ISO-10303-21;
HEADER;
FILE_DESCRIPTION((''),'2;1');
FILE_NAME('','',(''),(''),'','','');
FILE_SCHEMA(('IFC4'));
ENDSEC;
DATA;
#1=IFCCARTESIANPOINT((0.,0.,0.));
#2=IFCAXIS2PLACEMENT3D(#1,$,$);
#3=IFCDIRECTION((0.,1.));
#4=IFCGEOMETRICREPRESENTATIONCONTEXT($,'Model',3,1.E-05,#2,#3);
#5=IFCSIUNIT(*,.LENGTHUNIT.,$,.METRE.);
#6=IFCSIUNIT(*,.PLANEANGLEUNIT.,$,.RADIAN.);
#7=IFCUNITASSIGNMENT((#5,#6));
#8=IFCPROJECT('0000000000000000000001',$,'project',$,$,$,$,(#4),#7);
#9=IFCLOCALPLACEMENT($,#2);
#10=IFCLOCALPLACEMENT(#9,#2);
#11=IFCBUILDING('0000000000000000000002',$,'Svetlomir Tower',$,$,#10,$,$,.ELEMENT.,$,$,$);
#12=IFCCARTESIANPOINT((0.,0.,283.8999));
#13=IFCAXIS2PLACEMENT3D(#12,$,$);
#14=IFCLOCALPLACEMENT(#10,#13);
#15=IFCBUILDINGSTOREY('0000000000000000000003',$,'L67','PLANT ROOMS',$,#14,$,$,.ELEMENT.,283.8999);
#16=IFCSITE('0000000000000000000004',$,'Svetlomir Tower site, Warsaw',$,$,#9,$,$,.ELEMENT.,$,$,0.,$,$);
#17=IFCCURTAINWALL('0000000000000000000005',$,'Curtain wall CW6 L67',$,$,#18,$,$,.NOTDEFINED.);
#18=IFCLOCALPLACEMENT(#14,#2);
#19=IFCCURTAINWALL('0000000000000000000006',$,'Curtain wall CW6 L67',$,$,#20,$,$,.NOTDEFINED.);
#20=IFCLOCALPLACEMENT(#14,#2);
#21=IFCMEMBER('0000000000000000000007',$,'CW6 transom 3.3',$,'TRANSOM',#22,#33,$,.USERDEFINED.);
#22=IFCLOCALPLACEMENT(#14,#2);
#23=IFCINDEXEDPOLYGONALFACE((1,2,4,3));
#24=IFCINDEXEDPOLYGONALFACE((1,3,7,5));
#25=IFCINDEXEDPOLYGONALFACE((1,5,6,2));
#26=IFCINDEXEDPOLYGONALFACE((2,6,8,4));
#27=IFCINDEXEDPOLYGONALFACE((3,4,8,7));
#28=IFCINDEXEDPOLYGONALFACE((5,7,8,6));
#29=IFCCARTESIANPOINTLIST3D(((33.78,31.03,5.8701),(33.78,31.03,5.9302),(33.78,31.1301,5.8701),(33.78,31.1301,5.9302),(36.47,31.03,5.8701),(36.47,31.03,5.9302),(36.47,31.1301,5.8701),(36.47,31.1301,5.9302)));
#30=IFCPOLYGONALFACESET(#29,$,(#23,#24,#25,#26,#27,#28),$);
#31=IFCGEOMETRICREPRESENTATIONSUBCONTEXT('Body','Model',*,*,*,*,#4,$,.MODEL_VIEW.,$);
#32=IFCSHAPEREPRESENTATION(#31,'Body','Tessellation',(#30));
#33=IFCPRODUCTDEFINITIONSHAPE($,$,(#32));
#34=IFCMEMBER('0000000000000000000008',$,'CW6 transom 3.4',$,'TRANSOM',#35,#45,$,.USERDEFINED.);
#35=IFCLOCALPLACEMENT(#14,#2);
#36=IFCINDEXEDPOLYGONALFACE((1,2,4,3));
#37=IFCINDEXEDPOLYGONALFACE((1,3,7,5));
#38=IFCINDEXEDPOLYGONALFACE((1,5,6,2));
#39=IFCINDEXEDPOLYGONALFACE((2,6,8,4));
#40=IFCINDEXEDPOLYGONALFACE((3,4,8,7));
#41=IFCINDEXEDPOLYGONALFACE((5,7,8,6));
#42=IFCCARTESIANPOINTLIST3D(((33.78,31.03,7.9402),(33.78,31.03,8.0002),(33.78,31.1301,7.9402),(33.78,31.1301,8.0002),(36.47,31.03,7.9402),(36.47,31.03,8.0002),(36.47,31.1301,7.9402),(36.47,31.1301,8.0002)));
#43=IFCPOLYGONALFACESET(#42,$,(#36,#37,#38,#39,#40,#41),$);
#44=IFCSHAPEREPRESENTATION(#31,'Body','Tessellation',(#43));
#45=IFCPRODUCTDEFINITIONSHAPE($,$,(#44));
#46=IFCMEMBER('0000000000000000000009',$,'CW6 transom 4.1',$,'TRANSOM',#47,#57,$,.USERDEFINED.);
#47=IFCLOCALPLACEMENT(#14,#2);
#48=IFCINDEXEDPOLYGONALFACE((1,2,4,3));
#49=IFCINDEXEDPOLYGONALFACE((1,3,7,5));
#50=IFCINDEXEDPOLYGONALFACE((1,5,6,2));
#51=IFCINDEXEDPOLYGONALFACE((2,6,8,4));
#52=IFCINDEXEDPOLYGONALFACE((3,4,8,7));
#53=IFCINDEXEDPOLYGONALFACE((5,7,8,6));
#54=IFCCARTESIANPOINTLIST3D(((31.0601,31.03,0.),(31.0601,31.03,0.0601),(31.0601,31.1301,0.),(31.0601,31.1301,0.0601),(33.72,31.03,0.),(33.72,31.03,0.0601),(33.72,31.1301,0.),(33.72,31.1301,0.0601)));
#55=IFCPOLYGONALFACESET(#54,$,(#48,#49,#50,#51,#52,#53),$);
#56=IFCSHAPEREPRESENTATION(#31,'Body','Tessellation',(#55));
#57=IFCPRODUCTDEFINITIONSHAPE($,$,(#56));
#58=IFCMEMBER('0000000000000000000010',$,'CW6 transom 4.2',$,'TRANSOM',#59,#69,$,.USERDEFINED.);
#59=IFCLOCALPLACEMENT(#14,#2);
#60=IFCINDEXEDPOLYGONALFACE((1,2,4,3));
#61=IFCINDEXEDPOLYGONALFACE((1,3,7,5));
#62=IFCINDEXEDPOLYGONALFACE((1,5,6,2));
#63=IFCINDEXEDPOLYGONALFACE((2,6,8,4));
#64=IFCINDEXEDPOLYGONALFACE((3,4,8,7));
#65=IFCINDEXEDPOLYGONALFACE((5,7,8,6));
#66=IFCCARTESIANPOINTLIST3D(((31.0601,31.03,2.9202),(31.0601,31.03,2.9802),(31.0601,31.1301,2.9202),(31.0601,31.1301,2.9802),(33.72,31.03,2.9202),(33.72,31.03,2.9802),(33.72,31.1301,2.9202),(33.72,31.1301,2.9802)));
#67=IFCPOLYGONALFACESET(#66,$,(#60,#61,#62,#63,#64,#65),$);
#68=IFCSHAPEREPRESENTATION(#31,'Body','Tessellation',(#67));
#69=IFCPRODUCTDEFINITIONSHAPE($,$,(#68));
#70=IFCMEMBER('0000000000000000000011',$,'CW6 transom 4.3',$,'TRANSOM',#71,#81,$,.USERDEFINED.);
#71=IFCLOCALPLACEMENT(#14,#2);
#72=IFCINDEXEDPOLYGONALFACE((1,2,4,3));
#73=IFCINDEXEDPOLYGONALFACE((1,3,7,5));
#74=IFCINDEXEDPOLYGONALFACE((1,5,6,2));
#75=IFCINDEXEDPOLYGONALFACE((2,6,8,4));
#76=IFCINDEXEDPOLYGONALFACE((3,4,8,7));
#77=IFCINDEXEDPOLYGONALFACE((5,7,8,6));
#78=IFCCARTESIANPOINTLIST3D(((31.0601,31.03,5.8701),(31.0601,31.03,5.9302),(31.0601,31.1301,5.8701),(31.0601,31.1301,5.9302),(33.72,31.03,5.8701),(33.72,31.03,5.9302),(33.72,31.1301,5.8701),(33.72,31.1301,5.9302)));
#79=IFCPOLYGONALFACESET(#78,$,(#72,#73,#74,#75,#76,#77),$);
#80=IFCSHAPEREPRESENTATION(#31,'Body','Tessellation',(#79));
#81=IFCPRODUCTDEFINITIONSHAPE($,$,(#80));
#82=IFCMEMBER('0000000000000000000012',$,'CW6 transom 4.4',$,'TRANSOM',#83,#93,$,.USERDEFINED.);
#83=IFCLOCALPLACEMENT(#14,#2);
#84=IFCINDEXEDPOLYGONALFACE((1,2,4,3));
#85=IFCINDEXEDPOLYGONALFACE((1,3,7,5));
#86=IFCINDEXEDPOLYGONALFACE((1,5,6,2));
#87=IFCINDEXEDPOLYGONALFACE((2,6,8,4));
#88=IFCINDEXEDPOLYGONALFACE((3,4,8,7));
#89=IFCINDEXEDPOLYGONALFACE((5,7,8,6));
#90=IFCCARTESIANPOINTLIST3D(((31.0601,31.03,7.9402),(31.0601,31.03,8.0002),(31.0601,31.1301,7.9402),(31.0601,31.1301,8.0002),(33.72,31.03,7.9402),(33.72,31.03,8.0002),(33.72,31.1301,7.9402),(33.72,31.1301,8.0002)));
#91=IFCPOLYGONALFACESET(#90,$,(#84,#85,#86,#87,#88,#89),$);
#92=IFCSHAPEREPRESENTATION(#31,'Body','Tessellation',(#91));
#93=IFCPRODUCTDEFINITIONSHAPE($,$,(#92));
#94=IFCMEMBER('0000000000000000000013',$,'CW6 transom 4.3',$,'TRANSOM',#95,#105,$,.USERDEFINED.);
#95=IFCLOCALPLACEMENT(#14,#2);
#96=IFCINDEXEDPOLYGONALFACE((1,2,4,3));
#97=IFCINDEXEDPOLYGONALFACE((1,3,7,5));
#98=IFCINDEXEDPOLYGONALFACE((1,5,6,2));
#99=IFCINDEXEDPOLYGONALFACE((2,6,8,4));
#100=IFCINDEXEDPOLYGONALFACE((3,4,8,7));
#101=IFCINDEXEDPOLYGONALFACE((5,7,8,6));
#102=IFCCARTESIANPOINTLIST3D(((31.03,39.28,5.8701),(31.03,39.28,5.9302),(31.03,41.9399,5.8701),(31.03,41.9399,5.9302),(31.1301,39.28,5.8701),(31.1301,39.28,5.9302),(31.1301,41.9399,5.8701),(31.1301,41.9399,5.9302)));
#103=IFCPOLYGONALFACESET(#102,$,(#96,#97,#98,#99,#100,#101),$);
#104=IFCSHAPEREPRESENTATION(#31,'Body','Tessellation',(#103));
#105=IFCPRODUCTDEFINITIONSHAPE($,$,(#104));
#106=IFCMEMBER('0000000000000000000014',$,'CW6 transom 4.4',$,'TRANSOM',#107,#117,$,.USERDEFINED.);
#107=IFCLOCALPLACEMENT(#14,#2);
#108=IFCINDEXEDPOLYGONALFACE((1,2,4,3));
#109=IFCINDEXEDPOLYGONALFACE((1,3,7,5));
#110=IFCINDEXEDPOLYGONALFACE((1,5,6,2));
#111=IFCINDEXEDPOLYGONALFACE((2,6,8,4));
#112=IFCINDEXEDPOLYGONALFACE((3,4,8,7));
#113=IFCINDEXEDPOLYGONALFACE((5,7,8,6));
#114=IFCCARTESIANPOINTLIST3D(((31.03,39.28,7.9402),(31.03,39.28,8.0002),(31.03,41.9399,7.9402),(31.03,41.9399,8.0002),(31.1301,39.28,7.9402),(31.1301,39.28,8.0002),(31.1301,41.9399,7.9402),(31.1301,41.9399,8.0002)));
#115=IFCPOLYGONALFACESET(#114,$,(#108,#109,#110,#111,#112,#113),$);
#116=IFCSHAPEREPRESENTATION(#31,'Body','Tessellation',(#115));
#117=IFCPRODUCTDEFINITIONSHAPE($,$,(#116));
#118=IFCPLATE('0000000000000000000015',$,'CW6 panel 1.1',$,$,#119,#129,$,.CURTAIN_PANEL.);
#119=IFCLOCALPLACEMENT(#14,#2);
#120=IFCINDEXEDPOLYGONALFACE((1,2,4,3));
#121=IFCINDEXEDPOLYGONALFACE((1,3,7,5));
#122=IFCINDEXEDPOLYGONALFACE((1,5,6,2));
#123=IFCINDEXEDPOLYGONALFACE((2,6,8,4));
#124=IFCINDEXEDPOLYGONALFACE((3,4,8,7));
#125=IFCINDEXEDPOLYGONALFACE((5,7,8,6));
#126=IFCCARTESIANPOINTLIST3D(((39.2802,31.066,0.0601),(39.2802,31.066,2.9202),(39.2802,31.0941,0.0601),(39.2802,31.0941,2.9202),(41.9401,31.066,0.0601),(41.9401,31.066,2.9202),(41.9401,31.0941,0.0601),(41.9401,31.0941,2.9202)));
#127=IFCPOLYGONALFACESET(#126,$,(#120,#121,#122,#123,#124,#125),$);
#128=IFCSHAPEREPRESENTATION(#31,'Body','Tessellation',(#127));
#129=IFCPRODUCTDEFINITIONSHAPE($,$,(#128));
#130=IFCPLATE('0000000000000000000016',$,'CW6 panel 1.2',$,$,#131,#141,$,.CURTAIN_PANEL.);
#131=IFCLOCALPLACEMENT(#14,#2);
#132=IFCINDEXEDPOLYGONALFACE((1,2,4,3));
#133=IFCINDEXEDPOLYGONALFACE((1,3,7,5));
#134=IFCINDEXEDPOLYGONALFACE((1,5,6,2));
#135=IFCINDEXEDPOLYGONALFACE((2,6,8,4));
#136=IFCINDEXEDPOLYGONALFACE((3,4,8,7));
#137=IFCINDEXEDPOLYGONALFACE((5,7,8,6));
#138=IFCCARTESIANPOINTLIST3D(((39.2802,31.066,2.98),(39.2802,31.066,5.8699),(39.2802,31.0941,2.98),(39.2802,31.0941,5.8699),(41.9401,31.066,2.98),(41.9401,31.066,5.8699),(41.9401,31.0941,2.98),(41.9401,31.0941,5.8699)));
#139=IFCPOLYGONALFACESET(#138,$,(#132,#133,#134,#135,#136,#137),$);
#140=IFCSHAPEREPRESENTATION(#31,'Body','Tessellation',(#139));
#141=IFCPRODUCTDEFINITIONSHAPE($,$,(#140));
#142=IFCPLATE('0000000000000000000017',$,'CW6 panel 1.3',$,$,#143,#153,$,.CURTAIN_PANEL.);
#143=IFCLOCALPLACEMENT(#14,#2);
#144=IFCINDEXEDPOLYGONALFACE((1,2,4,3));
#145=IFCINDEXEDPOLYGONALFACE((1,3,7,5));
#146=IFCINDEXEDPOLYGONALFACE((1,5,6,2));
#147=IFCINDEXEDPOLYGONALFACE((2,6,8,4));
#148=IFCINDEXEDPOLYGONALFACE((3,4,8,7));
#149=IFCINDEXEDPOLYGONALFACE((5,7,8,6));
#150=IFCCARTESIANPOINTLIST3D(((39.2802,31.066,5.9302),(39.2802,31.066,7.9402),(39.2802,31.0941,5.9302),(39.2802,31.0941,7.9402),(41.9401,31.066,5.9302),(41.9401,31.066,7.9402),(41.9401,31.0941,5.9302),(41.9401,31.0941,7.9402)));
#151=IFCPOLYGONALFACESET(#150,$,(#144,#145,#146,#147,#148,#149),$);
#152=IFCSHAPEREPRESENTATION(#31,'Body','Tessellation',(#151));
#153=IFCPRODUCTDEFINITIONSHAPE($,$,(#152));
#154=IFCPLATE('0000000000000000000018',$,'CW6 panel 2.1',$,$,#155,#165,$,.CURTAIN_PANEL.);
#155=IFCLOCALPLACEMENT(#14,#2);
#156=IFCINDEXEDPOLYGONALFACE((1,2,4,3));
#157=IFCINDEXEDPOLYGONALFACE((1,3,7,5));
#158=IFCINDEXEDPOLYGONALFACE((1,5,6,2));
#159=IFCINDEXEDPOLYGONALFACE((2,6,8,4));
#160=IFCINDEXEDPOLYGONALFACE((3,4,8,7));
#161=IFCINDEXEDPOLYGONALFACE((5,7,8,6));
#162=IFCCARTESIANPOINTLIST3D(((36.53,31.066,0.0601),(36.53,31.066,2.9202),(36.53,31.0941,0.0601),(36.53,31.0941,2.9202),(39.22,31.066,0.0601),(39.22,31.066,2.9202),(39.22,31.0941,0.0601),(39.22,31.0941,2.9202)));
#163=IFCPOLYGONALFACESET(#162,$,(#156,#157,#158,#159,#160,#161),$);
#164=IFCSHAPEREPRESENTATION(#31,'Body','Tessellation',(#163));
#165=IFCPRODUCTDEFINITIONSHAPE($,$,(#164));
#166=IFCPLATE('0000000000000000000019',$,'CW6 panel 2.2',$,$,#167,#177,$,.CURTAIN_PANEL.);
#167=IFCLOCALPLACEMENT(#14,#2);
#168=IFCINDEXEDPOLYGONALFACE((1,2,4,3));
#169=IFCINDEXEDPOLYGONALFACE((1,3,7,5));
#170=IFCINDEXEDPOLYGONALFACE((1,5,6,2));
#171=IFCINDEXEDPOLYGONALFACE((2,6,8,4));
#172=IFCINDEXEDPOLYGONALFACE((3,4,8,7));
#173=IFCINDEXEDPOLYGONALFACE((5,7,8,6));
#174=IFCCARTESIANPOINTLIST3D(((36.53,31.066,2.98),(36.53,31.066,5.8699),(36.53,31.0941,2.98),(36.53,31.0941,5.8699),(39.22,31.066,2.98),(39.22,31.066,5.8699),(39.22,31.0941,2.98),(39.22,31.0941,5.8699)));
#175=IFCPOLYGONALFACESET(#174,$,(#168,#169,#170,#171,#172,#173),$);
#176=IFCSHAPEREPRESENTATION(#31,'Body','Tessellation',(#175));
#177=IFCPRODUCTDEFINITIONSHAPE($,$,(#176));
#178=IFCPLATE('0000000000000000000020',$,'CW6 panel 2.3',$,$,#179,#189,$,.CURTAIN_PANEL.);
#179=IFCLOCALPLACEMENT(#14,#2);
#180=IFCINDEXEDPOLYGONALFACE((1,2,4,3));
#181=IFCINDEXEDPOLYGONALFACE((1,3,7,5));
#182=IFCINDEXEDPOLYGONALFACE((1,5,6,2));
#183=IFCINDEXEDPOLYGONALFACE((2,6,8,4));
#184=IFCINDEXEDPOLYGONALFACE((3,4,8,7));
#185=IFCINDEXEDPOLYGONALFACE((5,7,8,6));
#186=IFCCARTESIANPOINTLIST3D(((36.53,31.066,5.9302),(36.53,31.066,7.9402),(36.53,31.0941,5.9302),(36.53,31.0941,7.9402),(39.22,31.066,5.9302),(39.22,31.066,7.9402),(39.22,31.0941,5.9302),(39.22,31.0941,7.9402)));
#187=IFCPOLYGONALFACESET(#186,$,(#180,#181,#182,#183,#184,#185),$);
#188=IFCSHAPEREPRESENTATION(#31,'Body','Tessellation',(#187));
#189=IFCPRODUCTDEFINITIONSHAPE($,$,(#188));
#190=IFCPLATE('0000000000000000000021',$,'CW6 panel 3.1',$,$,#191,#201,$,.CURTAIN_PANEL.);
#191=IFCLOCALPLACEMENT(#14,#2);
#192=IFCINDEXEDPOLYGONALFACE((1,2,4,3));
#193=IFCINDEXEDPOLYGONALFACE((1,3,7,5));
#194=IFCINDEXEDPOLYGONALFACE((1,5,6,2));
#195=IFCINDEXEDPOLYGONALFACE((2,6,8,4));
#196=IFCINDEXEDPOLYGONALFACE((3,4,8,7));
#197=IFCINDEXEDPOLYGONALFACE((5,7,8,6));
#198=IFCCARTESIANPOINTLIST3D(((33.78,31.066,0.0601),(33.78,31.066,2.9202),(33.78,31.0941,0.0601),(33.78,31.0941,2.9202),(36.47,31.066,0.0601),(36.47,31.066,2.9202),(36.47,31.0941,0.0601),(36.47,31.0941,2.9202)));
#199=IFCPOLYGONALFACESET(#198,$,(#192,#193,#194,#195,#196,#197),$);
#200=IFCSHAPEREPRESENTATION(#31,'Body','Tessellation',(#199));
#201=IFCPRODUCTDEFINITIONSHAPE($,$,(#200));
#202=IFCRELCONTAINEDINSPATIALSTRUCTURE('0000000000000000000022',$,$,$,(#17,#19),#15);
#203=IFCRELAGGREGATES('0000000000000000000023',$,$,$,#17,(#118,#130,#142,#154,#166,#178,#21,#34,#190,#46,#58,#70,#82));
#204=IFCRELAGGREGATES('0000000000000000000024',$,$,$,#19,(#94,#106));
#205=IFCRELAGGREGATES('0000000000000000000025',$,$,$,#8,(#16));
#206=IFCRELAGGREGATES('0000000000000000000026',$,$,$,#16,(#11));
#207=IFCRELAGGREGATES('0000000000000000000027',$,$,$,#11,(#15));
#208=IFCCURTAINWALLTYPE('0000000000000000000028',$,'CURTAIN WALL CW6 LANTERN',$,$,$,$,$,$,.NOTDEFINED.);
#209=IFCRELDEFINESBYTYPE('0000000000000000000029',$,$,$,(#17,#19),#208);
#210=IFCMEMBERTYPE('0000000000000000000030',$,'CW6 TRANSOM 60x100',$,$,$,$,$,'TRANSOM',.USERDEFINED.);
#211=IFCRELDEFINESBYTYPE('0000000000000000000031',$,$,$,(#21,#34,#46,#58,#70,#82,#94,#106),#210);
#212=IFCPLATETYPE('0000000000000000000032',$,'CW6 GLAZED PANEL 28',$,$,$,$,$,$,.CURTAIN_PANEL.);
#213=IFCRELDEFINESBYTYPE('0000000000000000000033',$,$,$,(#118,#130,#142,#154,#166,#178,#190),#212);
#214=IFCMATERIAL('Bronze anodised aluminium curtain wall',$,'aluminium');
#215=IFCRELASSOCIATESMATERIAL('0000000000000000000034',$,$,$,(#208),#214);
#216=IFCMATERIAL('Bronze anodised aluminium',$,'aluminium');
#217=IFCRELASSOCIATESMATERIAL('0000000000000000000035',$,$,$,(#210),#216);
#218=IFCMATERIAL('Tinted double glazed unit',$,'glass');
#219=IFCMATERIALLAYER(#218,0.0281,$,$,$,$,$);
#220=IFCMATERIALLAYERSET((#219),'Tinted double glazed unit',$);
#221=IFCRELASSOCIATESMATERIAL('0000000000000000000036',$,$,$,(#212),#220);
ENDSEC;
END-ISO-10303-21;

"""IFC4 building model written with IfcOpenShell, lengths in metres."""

from ifc_helpers import new_model, si_unit, direction, frame, origin, origin_2d, place, context, subcontext, project, spatial, rectangle, extrude, material, layer, layer_set, material_profile, profile_set, type_object, element, aggregate, save


model = new_model("IFC4")

# Units and contexts
model_context = context("Model", 3, precision=1e-05, world=origin(), true_north=direction((0.0, 1.0)))
body_context = subcontext(model_context, "Body", "Model", "MODEL_VIEW")
ifc_project = project(units=[si_unit("LENGTHUNIT", "METRE"), si_unit("PLANEANGLEUNIT", "RADIAN")], contexts=[model_context])

# Site, building, storey
site_placement = place(None, origin())
site = spatial("IfcSite", under=ifc_project, at=site_placement, Name="Svetlomir Tower site, Warsaw", CompositionType="ELEMENT", RefElevation=0.0)
building_placement = place(site_placement, origin())
building = spatial("IfcBuilding", under=site, at=building_placement, Name="Svetlomir Tower", CompositionType="ELEMENT")
storey_placement = place(building_placement, frame((0.0, 0.0, 283.8999)))
storey = spatial("IfcBuildingStorey", under=building, at=storey_placement, Name="L67", Description="PLANT ROOMS", CompositionType="ELEMENT", Elevation=283.8999)

# Curtain wall
ifc_material_1 = material(Name="Bronze anodised aluminium curtain wall", Category="aluminium")
curtain_wall_type = type_object("IfcCurtainWallType", Name="CURTAIN WALL CW6 LANTERN", PredefinedType="NOTDEFINED", material=ifc_material_1)
curtain_wall_1_placement = place(storey_placement, origin())
curtain_wall_1 = element("IfcCurtainWall", 1, at=curtain_wall_1_placement, inside=storey, type_object=curtain_wall_type, Name="Curtain wall CW6 L67", PredefinedType="NOTDEFINED")

# Curtain wall
curtain_wall_2_placement = place(storey_placement, origin())
curtain_wall_2 = element("IfcCurtainWall", 2, at=curtain_wall_2_placement, inside=storey, type_object=curtain_wall_type, Name="Curtain wall CW6 L67", PredefinedType="NOTDEFINED")

# Members
ifc_material_2 = material(Name="Bronze anodised aluminium", Category="aluminium")
ifc_material_profile_1 = material_profile(ifc_material_2, rectangle(XDim=0.1001, YDim=0.0601, at=origin_2d()), Name="AL 100x60")
ifc_profile_set_1 = profile_set([ifc_material_profile_1], Name="Bronze anodised aluminium 6063-T6")
member_type_1 = type_object("IfcMemberType", Name="CW6 TRANSOM 60x100", ElementType="TRANSOM", PredefinedType="USERDEFINED", material=ifc_profile_set_1)
member_1_placement = place(storey_placement, frame((36.47, 31.0801, 5.9001), z_axis=(-1.0, 0.0, 0.0), x_axis=(0.0, -1.0, 0.0)))
member_1 = element("IfcMember", 3, at=member_1_placement, type_object=member_type_1, Name="CW6 transom 3.3", ObjectType="TRANSOM", PredefinedType="USERDEFINED", context=body_context, shape_type="SweptSolid", body=[
    extrude(rectangle(XDim=0.1001, YDim=0.0601, at=origin_2d()), origin(), (0.0, 0.0, 1.0), 2.6899),
])
member_2_placement = place(storey_placement, frame((36.47, 31.0801, 7.9702), z_axis=(-1.0, 0.0, 0.0), x_axis=(0.0, -1.0, 0.0)))
member_2 = element("IfcMember", 4, at=member_2_placement, type_object=member_type_1, Name="CW6 transom 3.4", ObjectType="TRANSOM", PredefinedType="USERDEFINED", context=body_context, shape_type="SweptSolid", body=[
    extrude(rectangle(XDim=0.1001, YDim=0.0601, at=origin_2d()), origin(), (0.0, 0.0, 1.0), 2.6899),
])
member_3_placement = place(storey_placement, frame((33.72, 31.0801, 0.03), z_axis=(-1.0, 0.0, 0.0), x_axis=(0.0, -1.0, 0.0)))
member_3 = element("IfcMember", 5, at=member_3_placement, type_object=member_type_1, Name="CW6 transom 4.1", ObjectType="TRANSOM", PredefinedType="USERDEFINED", context=body_context, shape_type="SweptSolid", body=[
    extrude(rectangle(XDim=0.1001, YDim=0.0601, at=origin_2d()), origin(), (0.0, 0.0, 1.0), 2.6599),
])
member_4_placement = place(storey_placement, frame((33.72, 31.0801, 2.9502), z_axis=(-1.0, 0.0, 0.0), x_axis=(0.0, -1.0, 0.0)))
member_4 = element("IfcMember", 6, at=member_4_placement, type_object=member_type_1, Name="CW6 transom 4.2", ObjectType="TRANSOM", PredefinedType="USERDEFINED", context=body_context, shape_type="SweptSolid", body=[
    extrude(rectangle(XDim=0.1001, YDim=0.0601, at=origin_2d()), origin(), (0.0, 0.0, 1.0), 2.6599),
])
member_5_placement = place(storey_placement, frame((33.72, 31.0801, 5.9001), z_axis=(-1.0, 0.0, 0.0), x_axis=(0.0, -1.0, 0.0)))
member_5 = element("IfcMember", 7, at=member_5_placement, type_object=member_type_1, Name="CW6 transom 4.3", ObjectType="TRANSOM", PredefinedType="USERDEFINED", context=body_context, shape_type="SweptSolid", body=[
    extrude(rectangle(XDim=0.1001, YDim=0.0601, at=origin_2d()), origin(), (0.0, 0.0, 1.0), 2.6599),
])
member_6_placement = place(storey_placement, frame((33.72, 31.0801, 7.9702), z_axis=(-1.0, 0.0, 0.0), x_axis=(0.0, -1.0, 0.0)))
member_6 = element("IfcMember", 8, at=member_6_placement, type_object=member_type_1, Name="CW6 transom 4.4", ObjectType="TRANSOM", PredefinedType="USERDEFINED", context=body_context, shape_type="SweptSolid", body=[
    extrude(rectangle(XDim=0.1001, YDim=0.0601, at=origin_2d()), origin(), (0.0, 0.0, 1.0), 2.6599),
])
member_7_placement = place(storey_placement, frame((31.0801, 39.28, 5.9001), z_axis=(0.0, 1.0, 0.0), x_axis=(-1.0, 0.0, 0.0)))
member_7 = element("IfcMember", 9, at=member_7_placement, type_object=member_type_1, Name="CW6 transom 4.3", ObjectType="TRANSOM", PredefinedType="USERDEFINED", context=body_context, shape_type="SweptSolid", body=[
    extrude(rectangle(XDim=0.1001, YDim=0.0601, at=origin_2d()), origin(), (0.0, 0.0, 1.0), 2.6599),
])
member_8_placement = place(storey_placement, frame((31.0801, 39.28, 7.9702), z_axis=(0.0, 1.0, 0.0), x_axis=(-1.0, 0.0, 0.0)))
member_8 = element("IfcMember", 10, at=member_8_placement, type_object=member_type_1, Name="CW6 transom 4.4", ObjectType="TRANSOM", PredefinedType="USERDEFINED", context=body_context, shape_type="SweptSolid", body=[
    extrude(rectangle(XDim=0.1001, YDim=0.0601, at=origin_2d()), origin(), (0.0, 0.0, 1.0), 2.6599),
])

# Plates
ifc_material_3 = material(Name="Tinted double glazed unit", Category="glass")
ifc_layer = layer(ifc_material_3, 0.0281)
ifc_layer_set = layer_set([ifc_layer], Name="Tinted double glazed unit")
plate_type = type_object("IfcPlateType", Name="CW6 GLAZED PANEL 28", PredefinedType="CURTAIN_PANEL", material=ifc_layer_set)
plate_1_placement = place(storey_placement, frame((40.6101, 31.0801, 0.0601), z_axis=(0.0, 0.0, 1.0), x_axis=(-1.0, 0.0, 0.0)))
plate_1 = element("IfcPlate", 11, at=plate_1_placement, type_object=plate_type, Name="CW6 panel 1.1", PredefinedType="CURTAIN_PANEL", context=body_context, shape_type="SweptSolid", body=[
    extrude(rectangle(XDim=2.6599, YDim=0.0281, at=origin_2d()), origin(), (0.0, 0.0, 1.0), 2.8601),
])
plate_2_placement = place(storey_placement, frame((40.6101, 31.0801, 2.98), z_axis=(0.0, 0.0, 1.0), x_axis=(-1.0, 0.0, 0.0)))
plate_2 = element("IfcPlate", 12, at=plate_2_placement, type_object=plate_type, Name="CW6 panel 1.2", PredefinedType="CURTAIN_PANEL", context=body_context, shape_type="SweptSolid", body=[
    extrude(rectangle(XDim=2.6599, YDim=0.0281, at=origin_2d()), origin(), (0.0, 0.0, 1.0), 2.8899),
])
plate_3_placement = place(storey_placement, frame((40.6101, 31.0801, 5.9302), z_axis=(0.0, 0.0, 1.0), x_axis=(-1.0, 0.0, 0.0)))
plate_3 = element("IfcPlate", 13, at=plate_3_placement, type_object=plate_type, Name="CW6 panel 1.3", PredefinedType="CURTAIN_PANEL", context=body_context, shape_type="SweptSolid", body=[
    extrude(rectangle(XDim=2.6599, YDim=0.0281, at=origin_2d()), origin(), (0.0, 0.0, 1.0), 2.01),
])
plate_4_placement = place(storey_placement, frame((37.875, 31.0801, 0.0601), z_axis=(0.0, 0.0, 1.0), x_axis=(-1.0, 0.0, 0.0)))
plate_4 = element("IfcPlate", 14, at=plate_4_placement, type_object=plate_type, Name="CW6 panel 2.1", PredefinedType="CURTAIN_PANEL", context=body_context, shape_type="SweptSolid", body=[
    extrude(rectangle(XDim=2.6899, YDim=0.0281, at=origin_2d()), origin(), (0.0, 0.0, 1.0), 2.8601),
])
plate_5_placement = place(storey_placement, frame((37.875, 31.0801, 2.98), z_axis=(0.0, 0.0, 1.0), x_axis=(-1.0, 0.0, 0.0)))
plate_5 = element("IfcPlate", 15, at=plate_5_placement, type_object=plate_type, Name="CW6 panel 2.2", PredefinedType="CURTAIN_PANEL", context=body_context, shape_type="SweptSolid", body=[
    extrude(rectangle(XDim=2.6899, YDim=0.0281, at=origin_2d()), origin(), (0.0, 0.0, 1.0), 2.8899),
])
plate_6_placement = place(storey_placement, frame((37.875, 31.0801, 5.9302), z_axis=(0.0, 0.0, 1.0), x_axis=(-1.0, 0.0, 0.0)))
plate_6 = element("IfcPlate", 16, at=plate_6_placement, type_object=plate_type, Name="CW6 panel 2.3", PredefinedType="CURTAIN_PANEL", context=body_context, shape_type="SweptSolid", body=[
    extrude(rectangle(XDim=2.6899, YDim=0.0281, at=origin_2d()), origin(), (0.0, 0.0, 1.0), 2.01),
])
plate_7_placement = place(storey_placement, frame((35.125, 31.0801, 0.0601), z_axis=(0.0, 0.0, 1.0), x_axis=(-1.0, 0.0, 0.0)))
plate_7 = element("IfcPlate", 17, at=plate_7_placement, type_object=plate_type, Name="CW6 panel 3.1", PredefinedType="CURTAIN_PANEL", context=body_context, shape_type="SweptSolid", body=[
    extrude(rectangle(XDim=2.6899, YDim=0.0281, at=origin_2d()), origin(), (0.0, 0.0, 1.0), 2.8601),
])
aggregate(curtain_wall_1, [plate_1, plate_2, plate_3, plate_4, plate_5, plate_6, member_1, member_2, plate_7, member_3, member_4, member_5, member_6])
aggregate(curtain_wall_2, [member_7, member_8])

save(model, "model.ifc")
